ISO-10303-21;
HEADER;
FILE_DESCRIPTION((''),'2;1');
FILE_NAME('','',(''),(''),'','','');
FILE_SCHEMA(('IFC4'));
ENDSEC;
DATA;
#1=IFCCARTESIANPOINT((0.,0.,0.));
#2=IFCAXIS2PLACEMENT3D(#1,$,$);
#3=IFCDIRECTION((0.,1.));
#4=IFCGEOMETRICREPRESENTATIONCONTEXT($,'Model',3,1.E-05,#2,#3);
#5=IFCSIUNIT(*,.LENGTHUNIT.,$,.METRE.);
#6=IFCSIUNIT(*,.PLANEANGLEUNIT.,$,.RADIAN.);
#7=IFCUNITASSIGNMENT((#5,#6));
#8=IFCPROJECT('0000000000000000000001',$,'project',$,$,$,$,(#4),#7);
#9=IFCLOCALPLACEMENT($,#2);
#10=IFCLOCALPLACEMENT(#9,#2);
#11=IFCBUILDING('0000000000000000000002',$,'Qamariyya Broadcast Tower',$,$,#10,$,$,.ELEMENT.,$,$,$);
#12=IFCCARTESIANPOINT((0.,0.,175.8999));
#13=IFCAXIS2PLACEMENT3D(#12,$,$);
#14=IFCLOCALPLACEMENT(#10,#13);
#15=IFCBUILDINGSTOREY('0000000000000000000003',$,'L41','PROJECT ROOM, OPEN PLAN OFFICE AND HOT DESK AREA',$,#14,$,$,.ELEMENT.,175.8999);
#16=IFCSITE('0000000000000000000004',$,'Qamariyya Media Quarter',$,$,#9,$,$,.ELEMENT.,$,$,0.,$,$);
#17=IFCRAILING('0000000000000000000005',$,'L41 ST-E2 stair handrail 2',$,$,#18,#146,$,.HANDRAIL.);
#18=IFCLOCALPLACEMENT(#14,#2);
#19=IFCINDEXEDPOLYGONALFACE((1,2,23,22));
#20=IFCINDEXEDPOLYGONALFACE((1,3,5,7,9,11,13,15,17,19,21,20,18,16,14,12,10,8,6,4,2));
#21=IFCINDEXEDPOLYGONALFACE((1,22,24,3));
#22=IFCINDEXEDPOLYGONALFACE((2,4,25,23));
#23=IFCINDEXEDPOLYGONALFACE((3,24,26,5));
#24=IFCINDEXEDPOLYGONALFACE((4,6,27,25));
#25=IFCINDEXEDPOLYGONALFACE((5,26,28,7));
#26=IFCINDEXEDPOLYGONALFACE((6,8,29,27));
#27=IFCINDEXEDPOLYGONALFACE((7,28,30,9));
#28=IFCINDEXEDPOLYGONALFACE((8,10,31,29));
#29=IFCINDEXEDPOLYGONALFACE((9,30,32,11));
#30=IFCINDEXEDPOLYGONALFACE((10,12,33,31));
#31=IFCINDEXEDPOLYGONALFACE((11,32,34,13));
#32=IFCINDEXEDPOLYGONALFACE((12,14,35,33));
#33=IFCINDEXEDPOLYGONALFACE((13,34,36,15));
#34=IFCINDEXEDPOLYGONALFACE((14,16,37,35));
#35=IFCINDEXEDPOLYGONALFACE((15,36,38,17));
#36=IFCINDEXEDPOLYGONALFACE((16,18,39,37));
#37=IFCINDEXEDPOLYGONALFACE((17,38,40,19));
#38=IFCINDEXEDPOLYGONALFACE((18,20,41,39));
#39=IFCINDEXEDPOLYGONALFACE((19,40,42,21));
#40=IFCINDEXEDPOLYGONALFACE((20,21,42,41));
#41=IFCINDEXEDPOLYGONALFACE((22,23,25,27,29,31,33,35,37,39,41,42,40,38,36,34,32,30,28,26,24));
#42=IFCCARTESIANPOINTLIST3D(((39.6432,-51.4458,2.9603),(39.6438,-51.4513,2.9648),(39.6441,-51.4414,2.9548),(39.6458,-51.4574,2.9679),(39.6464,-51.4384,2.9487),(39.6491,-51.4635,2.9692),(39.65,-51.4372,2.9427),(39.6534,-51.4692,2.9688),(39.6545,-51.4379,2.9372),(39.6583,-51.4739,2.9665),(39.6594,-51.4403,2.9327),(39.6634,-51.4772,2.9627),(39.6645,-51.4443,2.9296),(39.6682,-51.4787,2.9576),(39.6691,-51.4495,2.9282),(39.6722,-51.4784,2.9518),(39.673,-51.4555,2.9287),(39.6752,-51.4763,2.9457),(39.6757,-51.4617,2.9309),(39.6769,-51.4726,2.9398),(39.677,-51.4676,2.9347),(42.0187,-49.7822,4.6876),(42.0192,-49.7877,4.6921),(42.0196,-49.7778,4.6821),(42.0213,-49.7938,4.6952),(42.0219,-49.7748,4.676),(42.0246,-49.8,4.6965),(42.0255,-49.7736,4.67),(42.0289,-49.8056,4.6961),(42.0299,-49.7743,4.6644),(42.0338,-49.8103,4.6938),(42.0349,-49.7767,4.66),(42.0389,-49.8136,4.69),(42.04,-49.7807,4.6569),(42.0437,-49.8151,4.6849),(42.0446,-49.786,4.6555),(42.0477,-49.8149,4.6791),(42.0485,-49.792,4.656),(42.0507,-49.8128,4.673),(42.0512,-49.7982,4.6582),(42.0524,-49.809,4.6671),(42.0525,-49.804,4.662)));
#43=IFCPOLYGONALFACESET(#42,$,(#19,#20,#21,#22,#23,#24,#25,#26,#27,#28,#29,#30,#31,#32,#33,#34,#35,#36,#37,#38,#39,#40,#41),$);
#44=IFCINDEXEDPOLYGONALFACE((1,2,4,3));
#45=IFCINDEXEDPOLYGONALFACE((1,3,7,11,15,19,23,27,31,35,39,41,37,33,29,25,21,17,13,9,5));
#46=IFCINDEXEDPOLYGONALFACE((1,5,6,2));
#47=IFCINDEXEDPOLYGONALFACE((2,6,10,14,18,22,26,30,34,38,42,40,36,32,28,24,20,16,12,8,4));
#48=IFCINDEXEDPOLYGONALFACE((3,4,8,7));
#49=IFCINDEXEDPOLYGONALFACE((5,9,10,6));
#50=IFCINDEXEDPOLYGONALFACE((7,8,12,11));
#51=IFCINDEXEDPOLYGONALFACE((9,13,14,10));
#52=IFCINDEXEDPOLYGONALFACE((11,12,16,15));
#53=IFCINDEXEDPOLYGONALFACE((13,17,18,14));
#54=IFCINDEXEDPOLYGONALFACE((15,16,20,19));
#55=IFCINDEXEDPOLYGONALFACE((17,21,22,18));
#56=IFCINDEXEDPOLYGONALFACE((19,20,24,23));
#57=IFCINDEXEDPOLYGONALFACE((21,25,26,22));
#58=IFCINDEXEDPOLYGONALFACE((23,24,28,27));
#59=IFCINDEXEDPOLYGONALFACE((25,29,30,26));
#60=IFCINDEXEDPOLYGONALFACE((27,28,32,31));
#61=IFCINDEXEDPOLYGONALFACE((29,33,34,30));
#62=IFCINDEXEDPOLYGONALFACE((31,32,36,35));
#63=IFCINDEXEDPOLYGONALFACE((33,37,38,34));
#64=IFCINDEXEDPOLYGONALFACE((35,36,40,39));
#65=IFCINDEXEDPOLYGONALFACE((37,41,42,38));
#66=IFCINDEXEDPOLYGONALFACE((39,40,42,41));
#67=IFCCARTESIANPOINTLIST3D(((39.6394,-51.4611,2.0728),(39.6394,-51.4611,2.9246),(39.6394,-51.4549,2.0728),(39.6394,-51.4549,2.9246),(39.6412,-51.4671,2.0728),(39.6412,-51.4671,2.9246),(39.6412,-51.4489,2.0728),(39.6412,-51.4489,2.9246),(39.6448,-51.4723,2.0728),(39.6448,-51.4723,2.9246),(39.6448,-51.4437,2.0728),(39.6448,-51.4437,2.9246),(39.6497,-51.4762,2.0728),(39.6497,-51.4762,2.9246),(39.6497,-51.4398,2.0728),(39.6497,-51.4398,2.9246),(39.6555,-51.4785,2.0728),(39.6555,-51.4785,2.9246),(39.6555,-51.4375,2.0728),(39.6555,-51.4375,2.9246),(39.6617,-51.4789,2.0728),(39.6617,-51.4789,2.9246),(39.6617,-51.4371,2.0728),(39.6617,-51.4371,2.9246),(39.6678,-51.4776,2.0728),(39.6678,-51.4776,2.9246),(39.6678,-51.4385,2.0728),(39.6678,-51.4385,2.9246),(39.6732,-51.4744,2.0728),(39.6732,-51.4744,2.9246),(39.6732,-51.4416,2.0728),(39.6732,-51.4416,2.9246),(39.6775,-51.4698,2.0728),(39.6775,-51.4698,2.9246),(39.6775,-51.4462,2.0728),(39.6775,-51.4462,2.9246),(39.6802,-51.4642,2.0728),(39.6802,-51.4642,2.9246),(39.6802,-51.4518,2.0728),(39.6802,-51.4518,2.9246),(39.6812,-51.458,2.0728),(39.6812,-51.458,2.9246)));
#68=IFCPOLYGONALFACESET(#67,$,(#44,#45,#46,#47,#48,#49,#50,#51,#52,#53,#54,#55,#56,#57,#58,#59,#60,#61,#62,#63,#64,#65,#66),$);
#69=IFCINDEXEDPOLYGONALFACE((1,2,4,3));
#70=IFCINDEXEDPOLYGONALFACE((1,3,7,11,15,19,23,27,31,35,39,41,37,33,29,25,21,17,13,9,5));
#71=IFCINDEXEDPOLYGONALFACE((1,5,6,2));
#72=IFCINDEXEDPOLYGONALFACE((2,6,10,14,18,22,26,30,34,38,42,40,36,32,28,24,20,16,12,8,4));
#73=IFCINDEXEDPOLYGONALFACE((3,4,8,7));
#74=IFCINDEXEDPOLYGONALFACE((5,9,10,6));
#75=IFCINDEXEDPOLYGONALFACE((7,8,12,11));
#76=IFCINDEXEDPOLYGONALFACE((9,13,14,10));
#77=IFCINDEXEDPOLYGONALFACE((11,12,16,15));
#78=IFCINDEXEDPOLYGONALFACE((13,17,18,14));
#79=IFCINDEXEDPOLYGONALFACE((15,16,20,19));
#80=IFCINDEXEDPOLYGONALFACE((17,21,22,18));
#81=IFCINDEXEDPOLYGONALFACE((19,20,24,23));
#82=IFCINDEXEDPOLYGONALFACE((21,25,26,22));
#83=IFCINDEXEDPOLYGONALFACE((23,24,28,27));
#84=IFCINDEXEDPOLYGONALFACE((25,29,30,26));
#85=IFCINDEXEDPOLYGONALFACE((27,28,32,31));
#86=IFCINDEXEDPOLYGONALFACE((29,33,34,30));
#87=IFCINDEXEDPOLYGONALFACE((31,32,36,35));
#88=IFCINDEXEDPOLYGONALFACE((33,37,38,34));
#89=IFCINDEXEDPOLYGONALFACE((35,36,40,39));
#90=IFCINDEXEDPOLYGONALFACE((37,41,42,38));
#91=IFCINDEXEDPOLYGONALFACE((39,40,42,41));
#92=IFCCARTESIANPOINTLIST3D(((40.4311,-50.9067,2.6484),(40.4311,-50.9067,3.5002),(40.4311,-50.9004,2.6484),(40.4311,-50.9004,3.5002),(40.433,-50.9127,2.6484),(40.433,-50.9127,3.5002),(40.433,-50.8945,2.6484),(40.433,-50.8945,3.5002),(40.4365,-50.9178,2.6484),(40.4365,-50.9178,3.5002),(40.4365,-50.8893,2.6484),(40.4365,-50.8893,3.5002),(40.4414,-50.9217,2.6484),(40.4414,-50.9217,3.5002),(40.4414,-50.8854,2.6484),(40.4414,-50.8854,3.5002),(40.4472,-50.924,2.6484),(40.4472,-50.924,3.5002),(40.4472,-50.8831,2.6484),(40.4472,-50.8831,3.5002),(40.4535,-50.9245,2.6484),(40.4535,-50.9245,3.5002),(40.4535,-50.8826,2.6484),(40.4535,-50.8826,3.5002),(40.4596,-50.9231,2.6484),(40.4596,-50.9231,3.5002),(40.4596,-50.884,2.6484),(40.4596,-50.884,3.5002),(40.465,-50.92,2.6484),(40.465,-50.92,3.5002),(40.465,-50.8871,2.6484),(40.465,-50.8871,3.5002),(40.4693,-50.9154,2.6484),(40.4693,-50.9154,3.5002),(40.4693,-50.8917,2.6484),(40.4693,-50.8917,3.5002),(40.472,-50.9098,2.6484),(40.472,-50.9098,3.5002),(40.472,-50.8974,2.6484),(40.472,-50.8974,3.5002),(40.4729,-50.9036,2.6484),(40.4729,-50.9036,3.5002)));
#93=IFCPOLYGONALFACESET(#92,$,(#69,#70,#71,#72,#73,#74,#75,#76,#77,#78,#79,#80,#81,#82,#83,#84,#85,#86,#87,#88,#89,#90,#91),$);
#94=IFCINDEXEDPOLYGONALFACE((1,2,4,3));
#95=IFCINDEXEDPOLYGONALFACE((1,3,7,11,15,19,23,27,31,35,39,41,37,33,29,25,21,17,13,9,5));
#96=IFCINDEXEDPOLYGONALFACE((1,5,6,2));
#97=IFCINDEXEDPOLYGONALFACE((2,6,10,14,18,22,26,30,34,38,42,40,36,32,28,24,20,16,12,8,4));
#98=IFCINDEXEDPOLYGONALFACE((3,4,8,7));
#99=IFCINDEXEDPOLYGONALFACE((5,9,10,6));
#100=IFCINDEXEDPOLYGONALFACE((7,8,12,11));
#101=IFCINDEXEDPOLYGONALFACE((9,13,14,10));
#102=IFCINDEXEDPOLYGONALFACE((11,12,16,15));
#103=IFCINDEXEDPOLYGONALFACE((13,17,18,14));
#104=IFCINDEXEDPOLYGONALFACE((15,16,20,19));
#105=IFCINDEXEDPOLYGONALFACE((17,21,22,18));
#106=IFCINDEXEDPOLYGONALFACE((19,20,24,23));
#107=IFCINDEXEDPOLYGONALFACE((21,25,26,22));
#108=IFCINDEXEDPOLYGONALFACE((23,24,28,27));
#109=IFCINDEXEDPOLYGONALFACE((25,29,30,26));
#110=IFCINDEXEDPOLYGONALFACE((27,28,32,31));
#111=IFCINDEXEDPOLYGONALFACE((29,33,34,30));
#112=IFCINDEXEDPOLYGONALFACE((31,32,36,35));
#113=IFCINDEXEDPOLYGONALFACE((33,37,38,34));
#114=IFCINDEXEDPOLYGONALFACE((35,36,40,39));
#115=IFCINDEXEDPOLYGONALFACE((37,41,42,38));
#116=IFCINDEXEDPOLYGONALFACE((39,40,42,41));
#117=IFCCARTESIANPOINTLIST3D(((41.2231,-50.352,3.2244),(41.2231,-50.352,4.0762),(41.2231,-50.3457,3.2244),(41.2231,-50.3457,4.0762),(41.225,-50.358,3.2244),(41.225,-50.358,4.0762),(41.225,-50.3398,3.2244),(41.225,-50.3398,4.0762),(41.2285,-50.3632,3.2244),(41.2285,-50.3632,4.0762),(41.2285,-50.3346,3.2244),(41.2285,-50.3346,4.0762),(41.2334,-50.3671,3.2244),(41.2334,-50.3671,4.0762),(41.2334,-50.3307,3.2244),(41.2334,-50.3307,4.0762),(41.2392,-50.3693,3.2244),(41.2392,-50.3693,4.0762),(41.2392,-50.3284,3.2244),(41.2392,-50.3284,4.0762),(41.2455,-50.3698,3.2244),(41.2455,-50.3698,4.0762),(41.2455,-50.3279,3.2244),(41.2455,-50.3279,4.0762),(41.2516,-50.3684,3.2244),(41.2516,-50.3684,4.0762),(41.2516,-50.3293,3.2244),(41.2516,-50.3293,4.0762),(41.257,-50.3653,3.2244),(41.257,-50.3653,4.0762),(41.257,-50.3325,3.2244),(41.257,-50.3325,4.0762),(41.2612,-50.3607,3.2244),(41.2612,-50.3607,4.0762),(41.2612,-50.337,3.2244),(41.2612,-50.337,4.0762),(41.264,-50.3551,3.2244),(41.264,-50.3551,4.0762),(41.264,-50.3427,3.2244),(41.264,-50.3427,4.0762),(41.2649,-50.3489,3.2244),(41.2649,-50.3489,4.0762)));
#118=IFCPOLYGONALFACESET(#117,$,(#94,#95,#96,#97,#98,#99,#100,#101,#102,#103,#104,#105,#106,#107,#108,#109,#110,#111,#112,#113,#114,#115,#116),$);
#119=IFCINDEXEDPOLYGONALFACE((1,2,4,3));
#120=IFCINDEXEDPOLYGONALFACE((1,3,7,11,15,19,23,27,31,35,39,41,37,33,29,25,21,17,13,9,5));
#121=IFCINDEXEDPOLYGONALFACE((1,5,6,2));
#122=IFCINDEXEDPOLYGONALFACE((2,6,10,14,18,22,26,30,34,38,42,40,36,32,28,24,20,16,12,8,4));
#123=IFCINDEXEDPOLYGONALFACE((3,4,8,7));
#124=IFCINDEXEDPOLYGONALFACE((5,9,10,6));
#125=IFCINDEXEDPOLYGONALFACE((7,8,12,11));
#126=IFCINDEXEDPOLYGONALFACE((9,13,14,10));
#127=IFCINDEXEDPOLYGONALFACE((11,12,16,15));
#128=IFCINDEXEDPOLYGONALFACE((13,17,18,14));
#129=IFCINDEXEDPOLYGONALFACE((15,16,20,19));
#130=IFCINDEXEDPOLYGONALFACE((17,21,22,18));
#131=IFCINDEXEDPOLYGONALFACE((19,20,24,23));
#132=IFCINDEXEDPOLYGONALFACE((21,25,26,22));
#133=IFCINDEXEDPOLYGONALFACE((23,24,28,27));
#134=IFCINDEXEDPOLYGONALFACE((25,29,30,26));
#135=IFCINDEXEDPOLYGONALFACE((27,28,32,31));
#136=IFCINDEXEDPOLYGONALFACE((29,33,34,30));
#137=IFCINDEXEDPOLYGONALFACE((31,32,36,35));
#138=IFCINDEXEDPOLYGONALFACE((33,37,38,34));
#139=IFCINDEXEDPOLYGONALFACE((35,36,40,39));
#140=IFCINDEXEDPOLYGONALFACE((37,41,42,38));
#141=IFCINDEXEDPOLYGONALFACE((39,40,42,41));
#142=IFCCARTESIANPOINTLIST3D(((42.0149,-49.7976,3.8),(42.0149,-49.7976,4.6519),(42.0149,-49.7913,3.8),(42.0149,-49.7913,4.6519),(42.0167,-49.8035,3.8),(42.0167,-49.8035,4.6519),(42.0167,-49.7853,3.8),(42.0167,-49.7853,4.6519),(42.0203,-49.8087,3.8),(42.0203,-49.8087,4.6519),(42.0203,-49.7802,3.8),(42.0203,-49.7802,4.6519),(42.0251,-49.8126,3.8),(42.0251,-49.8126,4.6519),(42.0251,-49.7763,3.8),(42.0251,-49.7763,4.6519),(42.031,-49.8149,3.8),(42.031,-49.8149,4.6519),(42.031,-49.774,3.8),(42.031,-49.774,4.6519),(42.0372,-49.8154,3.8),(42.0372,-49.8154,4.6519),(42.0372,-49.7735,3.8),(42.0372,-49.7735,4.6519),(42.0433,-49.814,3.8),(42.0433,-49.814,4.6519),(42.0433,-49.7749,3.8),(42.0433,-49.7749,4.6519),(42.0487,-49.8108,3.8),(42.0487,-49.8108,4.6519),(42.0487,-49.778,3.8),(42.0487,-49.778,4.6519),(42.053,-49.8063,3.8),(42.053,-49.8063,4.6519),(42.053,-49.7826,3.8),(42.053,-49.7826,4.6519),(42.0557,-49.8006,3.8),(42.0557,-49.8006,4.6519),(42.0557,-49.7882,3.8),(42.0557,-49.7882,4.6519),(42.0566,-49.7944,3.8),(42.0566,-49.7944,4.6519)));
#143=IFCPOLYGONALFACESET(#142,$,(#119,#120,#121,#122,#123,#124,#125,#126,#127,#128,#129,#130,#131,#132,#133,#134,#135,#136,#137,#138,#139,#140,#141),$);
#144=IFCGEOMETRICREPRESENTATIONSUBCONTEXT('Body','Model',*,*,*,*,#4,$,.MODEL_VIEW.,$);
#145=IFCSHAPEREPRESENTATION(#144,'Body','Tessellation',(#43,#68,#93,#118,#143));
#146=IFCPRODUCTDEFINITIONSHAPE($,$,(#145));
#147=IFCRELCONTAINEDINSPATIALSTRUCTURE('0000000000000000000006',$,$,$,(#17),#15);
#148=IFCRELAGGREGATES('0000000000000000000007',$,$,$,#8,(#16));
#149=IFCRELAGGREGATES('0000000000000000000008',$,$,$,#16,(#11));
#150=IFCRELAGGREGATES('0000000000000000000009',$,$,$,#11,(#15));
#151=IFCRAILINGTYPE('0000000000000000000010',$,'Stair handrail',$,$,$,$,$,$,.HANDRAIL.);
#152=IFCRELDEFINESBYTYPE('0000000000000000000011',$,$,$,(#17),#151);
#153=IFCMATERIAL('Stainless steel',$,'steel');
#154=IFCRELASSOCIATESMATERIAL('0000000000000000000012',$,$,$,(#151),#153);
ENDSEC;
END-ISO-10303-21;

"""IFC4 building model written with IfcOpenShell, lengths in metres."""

from ifc_helpers import new_model, si_unit, direction, frame, origin, origin_2d, place, context, subcontext, project, spatial, circle, extrude, material, type_object, element, save


model = new_model("IFC4")

# Units and contexts
model_context = context("Model", 3, precision=1e-05, world=origin(), true_north=direction((0.0, 1.0)))
body_context = subcontext(model_context, "Body", "Model", "MODEL_VIEW")
ifc_project = project(units=[si_unit("LENGTHUNIT", "METRE"), si_unit("PLANEANGLEUNIT", "RADIAN")], contexts=[model_context])

# Site, building, storey
site_placement = place(None, origin())
site = spatial("IfcSite", under=ifc_project, at=site_placement, Name="Qamariyya Media Quarter", CompositionType="ELEMENT", RefElevation=0.0)
building_placement = place(site_placement, origin())
building = spatial("IfcBuilding", under=site, at=building_placement, Name="Qamariyya Broadcast Tower", CompositionType="ELEMENT")
storey_placement = place(building_placement, frame((0.0, 0.0, 175.8999)))
storey = spatial("IfcBuildingStorey", under=building, at=storey_placement, Name="L41", Description="PROJECT ROOM, OPEN PLAN OFFICE AND HOT DESK AREA", CompositionType="ELEMENT", Elevation=175.8999)

# Railing
ifc_material_1 = material(Name="Stainless steel", Category="steel")
railing_type_1 = type_object("IfcRailingType", Name="Stair handrail", PredefinedType="HANDRAIL", material=ifc_material_1)
railing_1_placement = place(storey_placement, frame((39.6602, -51.458, 2.0728)))
element("IfcRailing", 1, at=railing_1_placement, inside=storey, type_object=railing_type_1, Name="L41 ST-E2 stair handrail 2", PredefinedType="HANDRAIL", context=body_context, shape_type="SweptSolid", body=[
    extrude(circle(Radius=0.0239, at=origin_2d()), frame((0.0, 0.0, 0.876), z_axis=(0.703745, 0.492838, 0.511716), x_axis=(-0.573632, 0.819113, 0.0)), (0.0, 0.0, 1.0), 3.3755),
    extrude(circle(Radius=0.021, at=origin_2d()), origin(), (0.0, 0.0, 1.0), 0.8518),
    extrude(circle(Radius=0.021, at=origin_2d()), frame((0.7917, 0.5544, 0.5757)), (0.0, 0.0, 1.0), 0.8518),
    extrude(circle(Radius=0.021, at=origin_2d()), frame((1.5837, 1.1091, 1.1516)), (0.0, 0.0, 1.0), 0.8518),
    extrude(circle(Radius=0.021, at=origin_2d()), frame((2.3755, 1.6636, 1.7273)), (0.0, 0.0, 1.0), 0.8518),
])

save(model, "model.ifc")
